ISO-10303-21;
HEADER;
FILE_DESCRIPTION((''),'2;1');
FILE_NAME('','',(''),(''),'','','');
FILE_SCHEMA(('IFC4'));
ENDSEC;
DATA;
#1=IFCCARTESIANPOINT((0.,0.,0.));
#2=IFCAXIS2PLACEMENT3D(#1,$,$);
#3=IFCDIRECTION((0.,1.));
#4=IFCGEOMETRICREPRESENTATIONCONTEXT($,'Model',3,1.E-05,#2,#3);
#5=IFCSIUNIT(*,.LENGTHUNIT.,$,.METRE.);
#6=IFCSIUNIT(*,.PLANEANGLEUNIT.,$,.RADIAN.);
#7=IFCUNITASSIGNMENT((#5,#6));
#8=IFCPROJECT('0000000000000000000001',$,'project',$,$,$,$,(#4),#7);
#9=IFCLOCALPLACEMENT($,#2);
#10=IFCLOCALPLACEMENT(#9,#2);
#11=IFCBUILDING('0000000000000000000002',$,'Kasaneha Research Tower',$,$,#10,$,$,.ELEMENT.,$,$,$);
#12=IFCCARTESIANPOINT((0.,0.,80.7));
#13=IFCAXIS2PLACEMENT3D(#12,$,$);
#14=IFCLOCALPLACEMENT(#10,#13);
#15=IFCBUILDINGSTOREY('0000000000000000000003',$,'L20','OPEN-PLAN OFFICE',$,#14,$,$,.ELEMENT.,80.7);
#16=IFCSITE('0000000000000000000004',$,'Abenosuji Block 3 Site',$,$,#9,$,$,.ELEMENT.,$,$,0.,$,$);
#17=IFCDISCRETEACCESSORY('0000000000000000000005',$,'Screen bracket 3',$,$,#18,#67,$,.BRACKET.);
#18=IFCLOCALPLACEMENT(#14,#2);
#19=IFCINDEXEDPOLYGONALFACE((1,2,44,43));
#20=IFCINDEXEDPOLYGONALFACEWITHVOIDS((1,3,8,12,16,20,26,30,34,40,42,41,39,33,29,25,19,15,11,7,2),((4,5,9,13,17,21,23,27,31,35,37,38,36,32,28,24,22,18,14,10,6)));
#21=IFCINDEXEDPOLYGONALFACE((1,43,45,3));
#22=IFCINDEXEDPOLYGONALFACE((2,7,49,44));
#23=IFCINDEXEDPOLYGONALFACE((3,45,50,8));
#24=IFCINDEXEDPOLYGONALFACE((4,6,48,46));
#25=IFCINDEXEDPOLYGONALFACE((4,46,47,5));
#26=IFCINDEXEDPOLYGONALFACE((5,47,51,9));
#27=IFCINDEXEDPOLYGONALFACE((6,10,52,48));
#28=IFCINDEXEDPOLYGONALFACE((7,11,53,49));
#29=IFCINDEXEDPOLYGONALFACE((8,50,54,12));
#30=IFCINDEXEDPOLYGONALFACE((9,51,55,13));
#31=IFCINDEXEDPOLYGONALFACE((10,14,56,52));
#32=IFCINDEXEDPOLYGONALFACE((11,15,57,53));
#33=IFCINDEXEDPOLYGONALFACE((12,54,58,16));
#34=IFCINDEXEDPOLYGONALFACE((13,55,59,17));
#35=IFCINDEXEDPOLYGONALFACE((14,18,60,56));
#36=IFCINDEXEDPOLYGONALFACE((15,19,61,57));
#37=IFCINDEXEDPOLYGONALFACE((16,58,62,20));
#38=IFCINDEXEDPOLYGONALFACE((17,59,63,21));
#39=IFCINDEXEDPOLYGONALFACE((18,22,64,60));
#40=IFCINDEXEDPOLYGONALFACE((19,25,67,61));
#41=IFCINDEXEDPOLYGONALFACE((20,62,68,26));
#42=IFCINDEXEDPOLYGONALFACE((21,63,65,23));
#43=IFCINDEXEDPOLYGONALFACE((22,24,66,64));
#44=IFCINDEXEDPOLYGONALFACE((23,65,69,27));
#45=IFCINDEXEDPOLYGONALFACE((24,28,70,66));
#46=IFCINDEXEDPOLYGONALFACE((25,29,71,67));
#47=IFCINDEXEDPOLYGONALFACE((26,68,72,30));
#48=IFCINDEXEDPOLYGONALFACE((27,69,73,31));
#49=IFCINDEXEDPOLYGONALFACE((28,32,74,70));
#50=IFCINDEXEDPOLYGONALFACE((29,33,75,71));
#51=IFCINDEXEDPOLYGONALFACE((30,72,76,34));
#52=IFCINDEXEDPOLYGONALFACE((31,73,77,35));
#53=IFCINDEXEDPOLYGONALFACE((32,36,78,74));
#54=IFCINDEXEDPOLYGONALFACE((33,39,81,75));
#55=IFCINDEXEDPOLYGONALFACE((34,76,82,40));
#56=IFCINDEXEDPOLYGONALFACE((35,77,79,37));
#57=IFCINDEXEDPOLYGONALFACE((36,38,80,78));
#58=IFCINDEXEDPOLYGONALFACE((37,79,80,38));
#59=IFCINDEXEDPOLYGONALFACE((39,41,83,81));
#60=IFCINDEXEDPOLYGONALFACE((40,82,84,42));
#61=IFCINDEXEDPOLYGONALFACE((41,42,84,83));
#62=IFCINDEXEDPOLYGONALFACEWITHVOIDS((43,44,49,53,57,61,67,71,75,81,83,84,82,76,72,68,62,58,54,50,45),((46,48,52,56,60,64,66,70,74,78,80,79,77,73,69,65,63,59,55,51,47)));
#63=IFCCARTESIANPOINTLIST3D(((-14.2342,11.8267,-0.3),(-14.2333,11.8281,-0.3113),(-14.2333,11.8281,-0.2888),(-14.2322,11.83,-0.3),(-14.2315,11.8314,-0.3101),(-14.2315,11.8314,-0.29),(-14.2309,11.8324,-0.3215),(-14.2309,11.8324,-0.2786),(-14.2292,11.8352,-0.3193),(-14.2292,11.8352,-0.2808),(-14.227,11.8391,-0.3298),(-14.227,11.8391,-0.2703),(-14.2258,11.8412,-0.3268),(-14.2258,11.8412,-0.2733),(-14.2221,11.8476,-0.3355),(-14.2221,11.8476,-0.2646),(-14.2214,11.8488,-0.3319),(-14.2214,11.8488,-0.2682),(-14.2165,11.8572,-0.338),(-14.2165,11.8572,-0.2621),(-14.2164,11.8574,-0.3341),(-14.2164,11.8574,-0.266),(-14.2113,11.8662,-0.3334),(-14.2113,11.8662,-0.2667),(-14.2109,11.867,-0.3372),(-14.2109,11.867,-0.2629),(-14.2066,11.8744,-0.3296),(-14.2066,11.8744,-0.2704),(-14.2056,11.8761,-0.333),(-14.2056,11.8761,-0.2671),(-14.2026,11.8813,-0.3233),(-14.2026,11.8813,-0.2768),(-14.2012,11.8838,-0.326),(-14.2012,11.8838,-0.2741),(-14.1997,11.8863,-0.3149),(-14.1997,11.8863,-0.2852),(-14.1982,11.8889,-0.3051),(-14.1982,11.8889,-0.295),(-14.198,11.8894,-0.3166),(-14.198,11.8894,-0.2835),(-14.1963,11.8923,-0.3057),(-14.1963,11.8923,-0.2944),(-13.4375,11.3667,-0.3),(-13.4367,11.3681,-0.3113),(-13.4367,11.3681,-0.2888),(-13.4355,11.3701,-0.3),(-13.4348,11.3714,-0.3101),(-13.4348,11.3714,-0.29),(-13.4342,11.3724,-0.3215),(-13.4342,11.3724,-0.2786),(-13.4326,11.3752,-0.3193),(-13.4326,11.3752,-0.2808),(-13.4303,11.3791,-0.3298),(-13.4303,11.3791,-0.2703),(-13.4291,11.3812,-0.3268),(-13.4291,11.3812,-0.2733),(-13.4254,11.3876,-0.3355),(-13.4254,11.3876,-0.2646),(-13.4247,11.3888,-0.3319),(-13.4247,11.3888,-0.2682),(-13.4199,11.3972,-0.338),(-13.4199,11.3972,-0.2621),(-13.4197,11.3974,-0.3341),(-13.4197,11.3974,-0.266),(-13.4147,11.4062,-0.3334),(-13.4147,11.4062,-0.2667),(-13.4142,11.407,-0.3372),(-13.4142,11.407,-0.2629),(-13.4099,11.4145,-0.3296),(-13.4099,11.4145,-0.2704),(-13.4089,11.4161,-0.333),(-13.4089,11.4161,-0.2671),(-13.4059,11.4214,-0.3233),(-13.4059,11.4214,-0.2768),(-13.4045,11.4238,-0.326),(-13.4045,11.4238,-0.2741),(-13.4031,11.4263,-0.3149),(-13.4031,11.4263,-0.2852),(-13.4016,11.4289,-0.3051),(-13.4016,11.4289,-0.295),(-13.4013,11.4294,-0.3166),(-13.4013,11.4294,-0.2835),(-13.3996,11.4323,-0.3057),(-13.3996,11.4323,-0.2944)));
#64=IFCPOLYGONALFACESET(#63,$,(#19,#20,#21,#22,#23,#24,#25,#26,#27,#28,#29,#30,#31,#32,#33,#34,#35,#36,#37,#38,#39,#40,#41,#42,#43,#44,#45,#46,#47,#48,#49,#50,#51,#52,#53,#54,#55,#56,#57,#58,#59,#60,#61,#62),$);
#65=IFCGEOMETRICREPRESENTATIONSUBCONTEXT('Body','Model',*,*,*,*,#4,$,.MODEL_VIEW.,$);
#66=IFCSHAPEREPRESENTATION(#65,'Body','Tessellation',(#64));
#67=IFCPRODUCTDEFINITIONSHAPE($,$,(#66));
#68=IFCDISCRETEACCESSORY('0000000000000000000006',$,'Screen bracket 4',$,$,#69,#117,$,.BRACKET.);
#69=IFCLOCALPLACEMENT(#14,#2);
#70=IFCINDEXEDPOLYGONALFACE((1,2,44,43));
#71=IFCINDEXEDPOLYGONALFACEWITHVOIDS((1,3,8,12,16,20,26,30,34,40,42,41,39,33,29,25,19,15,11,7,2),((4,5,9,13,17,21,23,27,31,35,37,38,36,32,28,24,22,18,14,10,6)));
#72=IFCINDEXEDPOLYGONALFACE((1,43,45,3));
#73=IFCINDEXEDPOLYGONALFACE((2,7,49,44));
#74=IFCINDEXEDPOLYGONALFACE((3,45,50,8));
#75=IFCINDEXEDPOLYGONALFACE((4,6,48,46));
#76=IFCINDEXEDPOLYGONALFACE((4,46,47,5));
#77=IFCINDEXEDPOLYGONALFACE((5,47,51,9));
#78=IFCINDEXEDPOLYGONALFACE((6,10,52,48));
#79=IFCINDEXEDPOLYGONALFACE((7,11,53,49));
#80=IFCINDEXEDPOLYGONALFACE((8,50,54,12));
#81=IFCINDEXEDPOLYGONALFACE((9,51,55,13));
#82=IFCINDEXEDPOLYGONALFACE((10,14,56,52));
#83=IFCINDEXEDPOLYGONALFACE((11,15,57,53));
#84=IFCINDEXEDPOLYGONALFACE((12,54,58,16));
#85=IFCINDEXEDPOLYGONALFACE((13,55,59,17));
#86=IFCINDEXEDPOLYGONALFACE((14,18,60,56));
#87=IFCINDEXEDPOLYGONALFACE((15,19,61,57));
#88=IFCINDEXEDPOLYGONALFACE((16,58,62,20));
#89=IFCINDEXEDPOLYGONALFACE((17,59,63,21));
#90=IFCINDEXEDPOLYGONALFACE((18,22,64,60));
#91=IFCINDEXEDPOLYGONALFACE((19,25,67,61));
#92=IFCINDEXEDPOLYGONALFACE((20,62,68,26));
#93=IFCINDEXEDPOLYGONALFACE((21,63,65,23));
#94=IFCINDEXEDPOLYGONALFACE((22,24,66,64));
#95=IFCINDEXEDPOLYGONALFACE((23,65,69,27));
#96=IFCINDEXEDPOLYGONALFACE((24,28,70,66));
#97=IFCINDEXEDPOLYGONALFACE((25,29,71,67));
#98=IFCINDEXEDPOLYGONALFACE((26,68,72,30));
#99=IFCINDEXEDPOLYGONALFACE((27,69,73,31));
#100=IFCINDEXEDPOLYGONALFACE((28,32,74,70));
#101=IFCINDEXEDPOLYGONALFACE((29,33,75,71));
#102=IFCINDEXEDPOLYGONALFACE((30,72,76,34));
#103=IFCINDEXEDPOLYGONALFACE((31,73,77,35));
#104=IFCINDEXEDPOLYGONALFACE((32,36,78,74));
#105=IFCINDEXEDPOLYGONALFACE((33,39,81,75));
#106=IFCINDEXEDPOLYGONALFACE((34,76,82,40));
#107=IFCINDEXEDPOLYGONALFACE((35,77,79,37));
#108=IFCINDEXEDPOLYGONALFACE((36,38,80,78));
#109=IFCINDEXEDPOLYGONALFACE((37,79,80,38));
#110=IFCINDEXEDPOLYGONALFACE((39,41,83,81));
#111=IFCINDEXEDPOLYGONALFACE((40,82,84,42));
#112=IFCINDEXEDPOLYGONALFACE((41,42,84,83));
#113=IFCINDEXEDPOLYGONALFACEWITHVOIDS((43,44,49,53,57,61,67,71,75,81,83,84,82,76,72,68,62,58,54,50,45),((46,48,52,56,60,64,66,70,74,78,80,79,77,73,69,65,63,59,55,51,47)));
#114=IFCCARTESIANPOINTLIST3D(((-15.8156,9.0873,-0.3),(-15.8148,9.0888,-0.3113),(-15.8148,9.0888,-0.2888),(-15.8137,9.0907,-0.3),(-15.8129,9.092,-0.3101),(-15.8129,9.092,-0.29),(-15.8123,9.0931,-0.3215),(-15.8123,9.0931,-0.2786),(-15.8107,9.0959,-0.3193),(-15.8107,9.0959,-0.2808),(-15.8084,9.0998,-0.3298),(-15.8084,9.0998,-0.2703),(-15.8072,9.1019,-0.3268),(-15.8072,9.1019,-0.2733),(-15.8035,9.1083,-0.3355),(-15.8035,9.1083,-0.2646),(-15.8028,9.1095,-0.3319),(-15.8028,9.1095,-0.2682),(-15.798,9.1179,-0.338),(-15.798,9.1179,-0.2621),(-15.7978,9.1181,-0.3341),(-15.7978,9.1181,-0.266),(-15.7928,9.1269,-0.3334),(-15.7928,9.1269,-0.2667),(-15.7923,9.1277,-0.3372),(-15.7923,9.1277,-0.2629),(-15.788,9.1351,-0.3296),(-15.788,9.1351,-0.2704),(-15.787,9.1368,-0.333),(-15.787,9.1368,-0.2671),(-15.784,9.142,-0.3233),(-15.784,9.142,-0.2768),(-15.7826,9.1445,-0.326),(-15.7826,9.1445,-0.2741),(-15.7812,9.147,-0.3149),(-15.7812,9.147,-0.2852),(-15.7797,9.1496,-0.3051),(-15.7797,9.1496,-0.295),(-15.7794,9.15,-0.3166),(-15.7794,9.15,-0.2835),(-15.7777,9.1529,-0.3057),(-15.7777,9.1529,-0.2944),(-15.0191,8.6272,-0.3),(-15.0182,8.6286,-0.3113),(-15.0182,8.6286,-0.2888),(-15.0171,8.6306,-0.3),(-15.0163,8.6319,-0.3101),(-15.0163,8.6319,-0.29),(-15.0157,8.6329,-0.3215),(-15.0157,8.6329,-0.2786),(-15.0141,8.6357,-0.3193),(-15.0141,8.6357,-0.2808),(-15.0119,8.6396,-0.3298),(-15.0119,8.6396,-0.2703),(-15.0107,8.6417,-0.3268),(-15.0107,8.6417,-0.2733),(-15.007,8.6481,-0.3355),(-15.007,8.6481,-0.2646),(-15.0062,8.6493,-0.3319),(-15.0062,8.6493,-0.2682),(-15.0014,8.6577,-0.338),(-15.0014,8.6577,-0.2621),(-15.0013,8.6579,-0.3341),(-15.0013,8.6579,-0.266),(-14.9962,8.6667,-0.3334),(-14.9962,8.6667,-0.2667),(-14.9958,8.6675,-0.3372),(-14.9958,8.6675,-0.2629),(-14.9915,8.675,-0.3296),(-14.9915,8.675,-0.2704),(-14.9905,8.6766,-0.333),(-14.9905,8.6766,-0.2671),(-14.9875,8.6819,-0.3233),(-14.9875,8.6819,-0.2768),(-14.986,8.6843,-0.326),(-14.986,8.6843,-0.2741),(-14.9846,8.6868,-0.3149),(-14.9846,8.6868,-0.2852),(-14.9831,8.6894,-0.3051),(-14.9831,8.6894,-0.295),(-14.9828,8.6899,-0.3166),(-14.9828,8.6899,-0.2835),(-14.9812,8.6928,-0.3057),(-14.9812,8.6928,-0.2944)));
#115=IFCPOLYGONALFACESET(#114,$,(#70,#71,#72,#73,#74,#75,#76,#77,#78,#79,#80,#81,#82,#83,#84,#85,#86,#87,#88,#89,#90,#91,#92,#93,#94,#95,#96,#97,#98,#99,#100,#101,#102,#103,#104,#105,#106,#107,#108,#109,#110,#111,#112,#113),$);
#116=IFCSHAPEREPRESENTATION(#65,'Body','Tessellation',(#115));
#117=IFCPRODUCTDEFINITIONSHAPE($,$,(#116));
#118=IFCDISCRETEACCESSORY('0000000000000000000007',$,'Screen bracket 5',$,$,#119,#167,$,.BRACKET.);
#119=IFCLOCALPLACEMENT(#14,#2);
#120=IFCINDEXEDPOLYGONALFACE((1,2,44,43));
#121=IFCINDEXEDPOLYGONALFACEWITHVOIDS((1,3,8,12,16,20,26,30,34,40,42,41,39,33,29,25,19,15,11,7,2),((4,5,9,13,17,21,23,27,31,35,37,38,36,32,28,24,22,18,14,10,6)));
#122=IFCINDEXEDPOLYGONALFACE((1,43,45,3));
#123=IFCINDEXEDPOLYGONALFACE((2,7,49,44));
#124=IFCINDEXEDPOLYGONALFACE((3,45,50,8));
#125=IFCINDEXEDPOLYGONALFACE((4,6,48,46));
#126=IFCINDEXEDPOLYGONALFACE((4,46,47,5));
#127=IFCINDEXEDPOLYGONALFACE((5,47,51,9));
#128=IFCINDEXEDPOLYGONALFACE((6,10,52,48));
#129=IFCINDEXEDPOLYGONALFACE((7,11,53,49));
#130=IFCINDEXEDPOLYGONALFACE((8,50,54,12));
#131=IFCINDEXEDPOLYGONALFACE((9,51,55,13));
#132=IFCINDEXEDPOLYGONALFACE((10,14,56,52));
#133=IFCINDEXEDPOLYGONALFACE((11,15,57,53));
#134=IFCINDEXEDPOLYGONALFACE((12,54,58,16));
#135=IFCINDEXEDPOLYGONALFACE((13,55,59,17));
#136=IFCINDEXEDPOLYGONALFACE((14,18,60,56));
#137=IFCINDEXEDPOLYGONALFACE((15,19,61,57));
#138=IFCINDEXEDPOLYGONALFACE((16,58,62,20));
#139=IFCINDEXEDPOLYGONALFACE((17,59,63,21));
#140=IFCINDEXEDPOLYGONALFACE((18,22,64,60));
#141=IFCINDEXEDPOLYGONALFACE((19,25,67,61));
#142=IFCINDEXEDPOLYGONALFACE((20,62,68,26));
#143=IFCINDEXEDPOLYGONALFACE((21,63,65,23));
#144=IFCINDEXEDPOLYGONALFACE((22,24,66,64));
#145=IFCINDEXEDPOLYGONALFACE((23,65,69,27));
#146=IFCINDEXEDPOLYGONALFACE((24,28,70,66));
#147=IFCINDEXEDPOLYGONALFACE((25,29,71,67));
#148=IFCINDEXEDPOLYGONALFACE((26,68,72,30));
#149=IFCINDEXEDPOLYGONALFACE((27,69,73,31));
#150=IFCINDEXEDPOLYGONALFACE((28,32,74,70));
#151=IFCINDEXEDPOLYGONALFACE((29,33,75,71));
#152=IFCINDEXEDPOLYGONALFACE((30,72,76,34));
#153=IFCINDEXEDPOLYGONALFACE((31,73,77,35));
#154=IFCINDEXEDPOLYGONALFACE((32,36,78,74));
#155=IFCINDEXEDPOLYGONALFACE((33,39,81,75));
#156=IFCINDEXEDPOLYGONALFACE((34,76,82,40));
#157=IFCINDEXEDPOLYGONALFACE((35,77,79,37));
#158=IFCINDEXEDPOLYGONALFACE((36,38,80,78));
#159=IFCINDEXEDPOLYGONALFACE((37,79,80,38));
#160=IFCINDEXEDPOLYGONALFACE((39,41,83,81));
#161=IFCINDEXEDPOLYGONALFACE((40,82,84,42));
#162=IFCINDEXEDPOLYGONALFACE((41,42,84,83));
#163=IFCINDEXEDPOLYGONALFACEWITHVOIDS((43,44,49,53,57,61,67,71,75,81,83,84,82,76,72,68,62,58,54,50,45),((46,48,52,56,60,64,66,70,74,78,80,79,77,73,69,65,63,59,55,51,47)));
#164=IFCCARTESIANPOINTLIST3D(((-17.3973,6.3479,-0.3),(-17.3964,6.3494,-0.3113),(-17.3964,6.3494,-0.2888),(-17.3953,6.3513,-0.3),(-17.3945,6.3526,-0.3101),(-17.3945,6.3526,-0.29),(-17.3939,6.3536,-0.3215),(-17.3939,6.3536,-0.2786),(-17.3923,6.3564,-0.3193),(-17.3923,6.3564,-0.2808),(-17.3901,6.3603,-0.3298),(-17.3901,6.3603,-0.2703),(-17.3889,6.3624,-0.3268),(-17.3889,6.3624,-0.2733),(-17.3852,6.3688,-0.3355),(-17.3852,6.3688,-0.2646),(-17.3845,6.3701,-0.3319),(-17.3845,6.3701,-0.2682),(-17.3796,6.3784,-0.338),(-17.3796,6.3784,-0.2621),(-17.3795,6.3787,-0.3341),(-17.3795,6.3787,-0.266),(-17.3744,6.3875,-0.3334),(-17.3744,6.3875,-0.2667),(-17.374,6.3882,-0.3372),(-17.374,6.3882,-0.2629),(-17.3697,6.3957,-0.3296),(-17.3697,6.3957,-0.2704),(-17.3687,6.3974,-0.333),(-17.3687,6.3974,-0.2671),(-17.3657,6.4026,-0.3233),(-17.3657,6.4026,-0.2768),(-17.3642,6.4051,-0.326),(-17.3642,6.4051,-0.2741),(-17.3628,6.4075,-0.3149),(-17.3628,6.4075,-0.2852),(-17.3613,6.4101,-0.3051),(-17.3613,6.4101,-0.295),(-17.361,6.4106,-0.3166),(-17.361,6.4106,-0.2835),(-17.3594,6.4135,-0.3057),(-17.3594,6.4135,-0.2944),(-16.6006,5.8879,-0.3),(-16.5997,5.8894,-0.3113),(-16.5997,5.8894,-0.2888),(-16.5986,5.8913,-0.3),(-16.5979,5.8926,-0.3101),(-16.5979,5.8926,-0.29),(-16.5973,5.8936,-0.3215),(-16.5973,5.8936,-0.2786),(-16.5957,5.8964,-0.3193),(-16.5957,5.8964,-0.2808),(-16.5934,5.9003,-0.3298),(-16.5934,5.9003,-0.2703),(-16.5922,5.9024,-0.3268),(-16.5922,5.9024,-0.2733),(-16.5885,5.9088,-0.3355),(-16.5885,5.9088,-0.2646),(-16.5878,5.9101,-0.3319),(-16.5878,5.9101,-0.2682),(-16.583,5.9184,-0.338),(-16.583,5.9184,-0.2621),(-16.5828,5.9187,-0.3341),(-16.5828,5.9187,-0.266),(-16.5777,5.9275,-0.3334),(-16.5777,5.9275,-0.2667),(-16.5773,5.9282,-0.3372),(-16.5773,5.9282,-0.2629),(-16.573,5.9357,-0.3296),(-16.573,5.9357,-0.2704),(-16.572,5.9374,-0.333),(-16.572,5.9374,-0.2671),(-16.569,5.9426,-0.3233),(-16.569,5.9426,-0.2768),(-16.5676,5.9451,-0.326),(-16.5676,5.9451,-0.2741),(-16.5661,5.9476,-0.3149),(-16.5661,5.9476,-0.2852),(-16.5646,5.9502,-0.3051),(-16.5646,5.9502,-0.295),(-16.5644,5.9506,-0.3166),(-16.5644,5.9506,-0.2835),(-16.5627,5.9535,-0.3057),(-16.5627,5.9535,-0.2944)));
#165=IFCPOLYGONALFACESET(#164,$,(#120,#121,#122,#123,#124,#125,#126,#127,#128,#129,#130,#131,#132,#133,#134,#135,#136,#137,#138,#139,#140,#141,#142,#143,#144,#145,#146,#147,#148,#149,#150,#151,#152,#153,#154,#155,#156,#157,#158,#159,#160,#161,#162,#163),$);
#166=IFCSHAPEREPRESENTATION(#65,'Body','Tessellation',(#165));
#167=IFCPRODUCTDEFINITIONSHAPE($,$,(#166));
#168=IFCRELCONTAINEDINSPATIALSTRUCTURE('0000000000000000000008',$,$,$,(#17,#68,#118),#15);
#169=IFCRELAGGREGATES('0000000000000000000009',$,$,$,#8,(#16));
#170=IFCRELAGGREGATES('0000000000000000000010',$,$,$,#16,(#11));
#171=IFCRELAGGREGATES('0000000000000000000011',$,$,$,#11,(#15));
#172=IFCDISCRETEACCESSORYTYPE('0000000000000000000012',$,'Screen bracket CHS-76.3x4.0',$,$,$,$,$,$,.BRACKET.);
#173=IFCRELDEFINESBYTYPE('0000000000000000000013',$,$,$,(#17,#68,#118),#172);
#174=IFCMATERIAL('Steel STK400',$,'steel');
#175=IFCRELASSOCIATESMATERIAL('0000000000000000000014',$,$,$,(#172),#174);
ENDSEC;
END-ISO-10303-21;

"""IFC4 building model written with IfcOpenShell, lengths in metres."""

from ifc_helpers import new_model, si_unit, direction, frame, origin, origin_2d, place, context, subcontext, project, spatial, hollow_circle, extrude, material, material_profile, profile_set, type_object, element, save


model = new_model("IFC4")

# Units and contexts
model_context = context("Model", 3, precision=1e-05, world=origin(), true_north=direction((0.0, 1.0)))
body_context = subcontext(model_context, "Body", "Model", "MODEL_VIEW")
ifc_project = project(units=[si_unit("LENGTHUNIT", "METRE"), si_unit("PLANEANGLEUNIT", "RADIAN")], contexts=[model_context])

# Site, building, storey
site_placement = place(None, origin())
site = spatial("IfcSite", under=ifc_project, at=site_placement, Name="Abenosuji Block 3 Site", CompositionType="ELEMENT", RefElevation=0.0)
building_placement = place(site_placement, origin())
building = spatial("IfcBuilding", under=site, at=building_placement, Name="Kasaneha Research Tower", CompositionType="ELEMENT")
storey_placement = place(building_placement, frame((0.0, 0.0, 80.7)))
storey = spatial("IfcBuildingStorey", under=building, at=storey_placement, Name="L20", Description="OPEN-PLAN OFFICE", CompositionType="ELEMENT", Elevation=80.7)

# Discrete accessories
ifc_material_1 = material(Name="Steel STK400", Category="steel")
ifc_material_profile_1 = material_profile(ifc_material_1, hollow_circle(Radius=0.0381, WallThickness=0.0039, at=origin_2d()), Name="CHS-76.3x4.0")
ifc_profile_set_1 = profile_set([ifc_material_profile_1], Name="Steel STK400")
discrete_accessory_type = type_object("IfcDiscreteAccessoryType", Name="Screen bracket CHS-76.3x4.0", PredefinedType="BRACKET", material=ifc_profile_set_1)
for number, where, z_axis, x_axis, name in (
    (1, (-13.4185, 11.3997, -0.3), (-0.866013, 0.500021, 0.0), (-0.500021, -0.866013, 0.0), "Screen bracket 3"),
    (2, (-15.0, 8.6602, -0.3), (-0.865898, 0.50022, 0.0), (-0.50022, -0.865898, 0.0), "Screen bracket 4"),
    (3, (-16.5815, 5.9209, -0.3), (-0.866013, 0.500021, 0.0), (-0.500021, -0.866013, 0.0), "Screen bracket 5"),
):
    element("IfcDiscreteAccessory", number, at=place(storey_placement, frame(where, z_axis=z_axis, x_axis=x_axis)), inside=storey, type_object=discrete_accessory_type, Name=name, PredefinedType="BRACKET", context=body_context, shape_type="SweptSolid", body=[
        extrude(hollow_circle(Radius=0.0381, WallThickness=0.0039, at=origin_2d()), origin(), (0.0, 0.0, 1.0), 0.9199),
    ])

save(model, "model.ifc")
